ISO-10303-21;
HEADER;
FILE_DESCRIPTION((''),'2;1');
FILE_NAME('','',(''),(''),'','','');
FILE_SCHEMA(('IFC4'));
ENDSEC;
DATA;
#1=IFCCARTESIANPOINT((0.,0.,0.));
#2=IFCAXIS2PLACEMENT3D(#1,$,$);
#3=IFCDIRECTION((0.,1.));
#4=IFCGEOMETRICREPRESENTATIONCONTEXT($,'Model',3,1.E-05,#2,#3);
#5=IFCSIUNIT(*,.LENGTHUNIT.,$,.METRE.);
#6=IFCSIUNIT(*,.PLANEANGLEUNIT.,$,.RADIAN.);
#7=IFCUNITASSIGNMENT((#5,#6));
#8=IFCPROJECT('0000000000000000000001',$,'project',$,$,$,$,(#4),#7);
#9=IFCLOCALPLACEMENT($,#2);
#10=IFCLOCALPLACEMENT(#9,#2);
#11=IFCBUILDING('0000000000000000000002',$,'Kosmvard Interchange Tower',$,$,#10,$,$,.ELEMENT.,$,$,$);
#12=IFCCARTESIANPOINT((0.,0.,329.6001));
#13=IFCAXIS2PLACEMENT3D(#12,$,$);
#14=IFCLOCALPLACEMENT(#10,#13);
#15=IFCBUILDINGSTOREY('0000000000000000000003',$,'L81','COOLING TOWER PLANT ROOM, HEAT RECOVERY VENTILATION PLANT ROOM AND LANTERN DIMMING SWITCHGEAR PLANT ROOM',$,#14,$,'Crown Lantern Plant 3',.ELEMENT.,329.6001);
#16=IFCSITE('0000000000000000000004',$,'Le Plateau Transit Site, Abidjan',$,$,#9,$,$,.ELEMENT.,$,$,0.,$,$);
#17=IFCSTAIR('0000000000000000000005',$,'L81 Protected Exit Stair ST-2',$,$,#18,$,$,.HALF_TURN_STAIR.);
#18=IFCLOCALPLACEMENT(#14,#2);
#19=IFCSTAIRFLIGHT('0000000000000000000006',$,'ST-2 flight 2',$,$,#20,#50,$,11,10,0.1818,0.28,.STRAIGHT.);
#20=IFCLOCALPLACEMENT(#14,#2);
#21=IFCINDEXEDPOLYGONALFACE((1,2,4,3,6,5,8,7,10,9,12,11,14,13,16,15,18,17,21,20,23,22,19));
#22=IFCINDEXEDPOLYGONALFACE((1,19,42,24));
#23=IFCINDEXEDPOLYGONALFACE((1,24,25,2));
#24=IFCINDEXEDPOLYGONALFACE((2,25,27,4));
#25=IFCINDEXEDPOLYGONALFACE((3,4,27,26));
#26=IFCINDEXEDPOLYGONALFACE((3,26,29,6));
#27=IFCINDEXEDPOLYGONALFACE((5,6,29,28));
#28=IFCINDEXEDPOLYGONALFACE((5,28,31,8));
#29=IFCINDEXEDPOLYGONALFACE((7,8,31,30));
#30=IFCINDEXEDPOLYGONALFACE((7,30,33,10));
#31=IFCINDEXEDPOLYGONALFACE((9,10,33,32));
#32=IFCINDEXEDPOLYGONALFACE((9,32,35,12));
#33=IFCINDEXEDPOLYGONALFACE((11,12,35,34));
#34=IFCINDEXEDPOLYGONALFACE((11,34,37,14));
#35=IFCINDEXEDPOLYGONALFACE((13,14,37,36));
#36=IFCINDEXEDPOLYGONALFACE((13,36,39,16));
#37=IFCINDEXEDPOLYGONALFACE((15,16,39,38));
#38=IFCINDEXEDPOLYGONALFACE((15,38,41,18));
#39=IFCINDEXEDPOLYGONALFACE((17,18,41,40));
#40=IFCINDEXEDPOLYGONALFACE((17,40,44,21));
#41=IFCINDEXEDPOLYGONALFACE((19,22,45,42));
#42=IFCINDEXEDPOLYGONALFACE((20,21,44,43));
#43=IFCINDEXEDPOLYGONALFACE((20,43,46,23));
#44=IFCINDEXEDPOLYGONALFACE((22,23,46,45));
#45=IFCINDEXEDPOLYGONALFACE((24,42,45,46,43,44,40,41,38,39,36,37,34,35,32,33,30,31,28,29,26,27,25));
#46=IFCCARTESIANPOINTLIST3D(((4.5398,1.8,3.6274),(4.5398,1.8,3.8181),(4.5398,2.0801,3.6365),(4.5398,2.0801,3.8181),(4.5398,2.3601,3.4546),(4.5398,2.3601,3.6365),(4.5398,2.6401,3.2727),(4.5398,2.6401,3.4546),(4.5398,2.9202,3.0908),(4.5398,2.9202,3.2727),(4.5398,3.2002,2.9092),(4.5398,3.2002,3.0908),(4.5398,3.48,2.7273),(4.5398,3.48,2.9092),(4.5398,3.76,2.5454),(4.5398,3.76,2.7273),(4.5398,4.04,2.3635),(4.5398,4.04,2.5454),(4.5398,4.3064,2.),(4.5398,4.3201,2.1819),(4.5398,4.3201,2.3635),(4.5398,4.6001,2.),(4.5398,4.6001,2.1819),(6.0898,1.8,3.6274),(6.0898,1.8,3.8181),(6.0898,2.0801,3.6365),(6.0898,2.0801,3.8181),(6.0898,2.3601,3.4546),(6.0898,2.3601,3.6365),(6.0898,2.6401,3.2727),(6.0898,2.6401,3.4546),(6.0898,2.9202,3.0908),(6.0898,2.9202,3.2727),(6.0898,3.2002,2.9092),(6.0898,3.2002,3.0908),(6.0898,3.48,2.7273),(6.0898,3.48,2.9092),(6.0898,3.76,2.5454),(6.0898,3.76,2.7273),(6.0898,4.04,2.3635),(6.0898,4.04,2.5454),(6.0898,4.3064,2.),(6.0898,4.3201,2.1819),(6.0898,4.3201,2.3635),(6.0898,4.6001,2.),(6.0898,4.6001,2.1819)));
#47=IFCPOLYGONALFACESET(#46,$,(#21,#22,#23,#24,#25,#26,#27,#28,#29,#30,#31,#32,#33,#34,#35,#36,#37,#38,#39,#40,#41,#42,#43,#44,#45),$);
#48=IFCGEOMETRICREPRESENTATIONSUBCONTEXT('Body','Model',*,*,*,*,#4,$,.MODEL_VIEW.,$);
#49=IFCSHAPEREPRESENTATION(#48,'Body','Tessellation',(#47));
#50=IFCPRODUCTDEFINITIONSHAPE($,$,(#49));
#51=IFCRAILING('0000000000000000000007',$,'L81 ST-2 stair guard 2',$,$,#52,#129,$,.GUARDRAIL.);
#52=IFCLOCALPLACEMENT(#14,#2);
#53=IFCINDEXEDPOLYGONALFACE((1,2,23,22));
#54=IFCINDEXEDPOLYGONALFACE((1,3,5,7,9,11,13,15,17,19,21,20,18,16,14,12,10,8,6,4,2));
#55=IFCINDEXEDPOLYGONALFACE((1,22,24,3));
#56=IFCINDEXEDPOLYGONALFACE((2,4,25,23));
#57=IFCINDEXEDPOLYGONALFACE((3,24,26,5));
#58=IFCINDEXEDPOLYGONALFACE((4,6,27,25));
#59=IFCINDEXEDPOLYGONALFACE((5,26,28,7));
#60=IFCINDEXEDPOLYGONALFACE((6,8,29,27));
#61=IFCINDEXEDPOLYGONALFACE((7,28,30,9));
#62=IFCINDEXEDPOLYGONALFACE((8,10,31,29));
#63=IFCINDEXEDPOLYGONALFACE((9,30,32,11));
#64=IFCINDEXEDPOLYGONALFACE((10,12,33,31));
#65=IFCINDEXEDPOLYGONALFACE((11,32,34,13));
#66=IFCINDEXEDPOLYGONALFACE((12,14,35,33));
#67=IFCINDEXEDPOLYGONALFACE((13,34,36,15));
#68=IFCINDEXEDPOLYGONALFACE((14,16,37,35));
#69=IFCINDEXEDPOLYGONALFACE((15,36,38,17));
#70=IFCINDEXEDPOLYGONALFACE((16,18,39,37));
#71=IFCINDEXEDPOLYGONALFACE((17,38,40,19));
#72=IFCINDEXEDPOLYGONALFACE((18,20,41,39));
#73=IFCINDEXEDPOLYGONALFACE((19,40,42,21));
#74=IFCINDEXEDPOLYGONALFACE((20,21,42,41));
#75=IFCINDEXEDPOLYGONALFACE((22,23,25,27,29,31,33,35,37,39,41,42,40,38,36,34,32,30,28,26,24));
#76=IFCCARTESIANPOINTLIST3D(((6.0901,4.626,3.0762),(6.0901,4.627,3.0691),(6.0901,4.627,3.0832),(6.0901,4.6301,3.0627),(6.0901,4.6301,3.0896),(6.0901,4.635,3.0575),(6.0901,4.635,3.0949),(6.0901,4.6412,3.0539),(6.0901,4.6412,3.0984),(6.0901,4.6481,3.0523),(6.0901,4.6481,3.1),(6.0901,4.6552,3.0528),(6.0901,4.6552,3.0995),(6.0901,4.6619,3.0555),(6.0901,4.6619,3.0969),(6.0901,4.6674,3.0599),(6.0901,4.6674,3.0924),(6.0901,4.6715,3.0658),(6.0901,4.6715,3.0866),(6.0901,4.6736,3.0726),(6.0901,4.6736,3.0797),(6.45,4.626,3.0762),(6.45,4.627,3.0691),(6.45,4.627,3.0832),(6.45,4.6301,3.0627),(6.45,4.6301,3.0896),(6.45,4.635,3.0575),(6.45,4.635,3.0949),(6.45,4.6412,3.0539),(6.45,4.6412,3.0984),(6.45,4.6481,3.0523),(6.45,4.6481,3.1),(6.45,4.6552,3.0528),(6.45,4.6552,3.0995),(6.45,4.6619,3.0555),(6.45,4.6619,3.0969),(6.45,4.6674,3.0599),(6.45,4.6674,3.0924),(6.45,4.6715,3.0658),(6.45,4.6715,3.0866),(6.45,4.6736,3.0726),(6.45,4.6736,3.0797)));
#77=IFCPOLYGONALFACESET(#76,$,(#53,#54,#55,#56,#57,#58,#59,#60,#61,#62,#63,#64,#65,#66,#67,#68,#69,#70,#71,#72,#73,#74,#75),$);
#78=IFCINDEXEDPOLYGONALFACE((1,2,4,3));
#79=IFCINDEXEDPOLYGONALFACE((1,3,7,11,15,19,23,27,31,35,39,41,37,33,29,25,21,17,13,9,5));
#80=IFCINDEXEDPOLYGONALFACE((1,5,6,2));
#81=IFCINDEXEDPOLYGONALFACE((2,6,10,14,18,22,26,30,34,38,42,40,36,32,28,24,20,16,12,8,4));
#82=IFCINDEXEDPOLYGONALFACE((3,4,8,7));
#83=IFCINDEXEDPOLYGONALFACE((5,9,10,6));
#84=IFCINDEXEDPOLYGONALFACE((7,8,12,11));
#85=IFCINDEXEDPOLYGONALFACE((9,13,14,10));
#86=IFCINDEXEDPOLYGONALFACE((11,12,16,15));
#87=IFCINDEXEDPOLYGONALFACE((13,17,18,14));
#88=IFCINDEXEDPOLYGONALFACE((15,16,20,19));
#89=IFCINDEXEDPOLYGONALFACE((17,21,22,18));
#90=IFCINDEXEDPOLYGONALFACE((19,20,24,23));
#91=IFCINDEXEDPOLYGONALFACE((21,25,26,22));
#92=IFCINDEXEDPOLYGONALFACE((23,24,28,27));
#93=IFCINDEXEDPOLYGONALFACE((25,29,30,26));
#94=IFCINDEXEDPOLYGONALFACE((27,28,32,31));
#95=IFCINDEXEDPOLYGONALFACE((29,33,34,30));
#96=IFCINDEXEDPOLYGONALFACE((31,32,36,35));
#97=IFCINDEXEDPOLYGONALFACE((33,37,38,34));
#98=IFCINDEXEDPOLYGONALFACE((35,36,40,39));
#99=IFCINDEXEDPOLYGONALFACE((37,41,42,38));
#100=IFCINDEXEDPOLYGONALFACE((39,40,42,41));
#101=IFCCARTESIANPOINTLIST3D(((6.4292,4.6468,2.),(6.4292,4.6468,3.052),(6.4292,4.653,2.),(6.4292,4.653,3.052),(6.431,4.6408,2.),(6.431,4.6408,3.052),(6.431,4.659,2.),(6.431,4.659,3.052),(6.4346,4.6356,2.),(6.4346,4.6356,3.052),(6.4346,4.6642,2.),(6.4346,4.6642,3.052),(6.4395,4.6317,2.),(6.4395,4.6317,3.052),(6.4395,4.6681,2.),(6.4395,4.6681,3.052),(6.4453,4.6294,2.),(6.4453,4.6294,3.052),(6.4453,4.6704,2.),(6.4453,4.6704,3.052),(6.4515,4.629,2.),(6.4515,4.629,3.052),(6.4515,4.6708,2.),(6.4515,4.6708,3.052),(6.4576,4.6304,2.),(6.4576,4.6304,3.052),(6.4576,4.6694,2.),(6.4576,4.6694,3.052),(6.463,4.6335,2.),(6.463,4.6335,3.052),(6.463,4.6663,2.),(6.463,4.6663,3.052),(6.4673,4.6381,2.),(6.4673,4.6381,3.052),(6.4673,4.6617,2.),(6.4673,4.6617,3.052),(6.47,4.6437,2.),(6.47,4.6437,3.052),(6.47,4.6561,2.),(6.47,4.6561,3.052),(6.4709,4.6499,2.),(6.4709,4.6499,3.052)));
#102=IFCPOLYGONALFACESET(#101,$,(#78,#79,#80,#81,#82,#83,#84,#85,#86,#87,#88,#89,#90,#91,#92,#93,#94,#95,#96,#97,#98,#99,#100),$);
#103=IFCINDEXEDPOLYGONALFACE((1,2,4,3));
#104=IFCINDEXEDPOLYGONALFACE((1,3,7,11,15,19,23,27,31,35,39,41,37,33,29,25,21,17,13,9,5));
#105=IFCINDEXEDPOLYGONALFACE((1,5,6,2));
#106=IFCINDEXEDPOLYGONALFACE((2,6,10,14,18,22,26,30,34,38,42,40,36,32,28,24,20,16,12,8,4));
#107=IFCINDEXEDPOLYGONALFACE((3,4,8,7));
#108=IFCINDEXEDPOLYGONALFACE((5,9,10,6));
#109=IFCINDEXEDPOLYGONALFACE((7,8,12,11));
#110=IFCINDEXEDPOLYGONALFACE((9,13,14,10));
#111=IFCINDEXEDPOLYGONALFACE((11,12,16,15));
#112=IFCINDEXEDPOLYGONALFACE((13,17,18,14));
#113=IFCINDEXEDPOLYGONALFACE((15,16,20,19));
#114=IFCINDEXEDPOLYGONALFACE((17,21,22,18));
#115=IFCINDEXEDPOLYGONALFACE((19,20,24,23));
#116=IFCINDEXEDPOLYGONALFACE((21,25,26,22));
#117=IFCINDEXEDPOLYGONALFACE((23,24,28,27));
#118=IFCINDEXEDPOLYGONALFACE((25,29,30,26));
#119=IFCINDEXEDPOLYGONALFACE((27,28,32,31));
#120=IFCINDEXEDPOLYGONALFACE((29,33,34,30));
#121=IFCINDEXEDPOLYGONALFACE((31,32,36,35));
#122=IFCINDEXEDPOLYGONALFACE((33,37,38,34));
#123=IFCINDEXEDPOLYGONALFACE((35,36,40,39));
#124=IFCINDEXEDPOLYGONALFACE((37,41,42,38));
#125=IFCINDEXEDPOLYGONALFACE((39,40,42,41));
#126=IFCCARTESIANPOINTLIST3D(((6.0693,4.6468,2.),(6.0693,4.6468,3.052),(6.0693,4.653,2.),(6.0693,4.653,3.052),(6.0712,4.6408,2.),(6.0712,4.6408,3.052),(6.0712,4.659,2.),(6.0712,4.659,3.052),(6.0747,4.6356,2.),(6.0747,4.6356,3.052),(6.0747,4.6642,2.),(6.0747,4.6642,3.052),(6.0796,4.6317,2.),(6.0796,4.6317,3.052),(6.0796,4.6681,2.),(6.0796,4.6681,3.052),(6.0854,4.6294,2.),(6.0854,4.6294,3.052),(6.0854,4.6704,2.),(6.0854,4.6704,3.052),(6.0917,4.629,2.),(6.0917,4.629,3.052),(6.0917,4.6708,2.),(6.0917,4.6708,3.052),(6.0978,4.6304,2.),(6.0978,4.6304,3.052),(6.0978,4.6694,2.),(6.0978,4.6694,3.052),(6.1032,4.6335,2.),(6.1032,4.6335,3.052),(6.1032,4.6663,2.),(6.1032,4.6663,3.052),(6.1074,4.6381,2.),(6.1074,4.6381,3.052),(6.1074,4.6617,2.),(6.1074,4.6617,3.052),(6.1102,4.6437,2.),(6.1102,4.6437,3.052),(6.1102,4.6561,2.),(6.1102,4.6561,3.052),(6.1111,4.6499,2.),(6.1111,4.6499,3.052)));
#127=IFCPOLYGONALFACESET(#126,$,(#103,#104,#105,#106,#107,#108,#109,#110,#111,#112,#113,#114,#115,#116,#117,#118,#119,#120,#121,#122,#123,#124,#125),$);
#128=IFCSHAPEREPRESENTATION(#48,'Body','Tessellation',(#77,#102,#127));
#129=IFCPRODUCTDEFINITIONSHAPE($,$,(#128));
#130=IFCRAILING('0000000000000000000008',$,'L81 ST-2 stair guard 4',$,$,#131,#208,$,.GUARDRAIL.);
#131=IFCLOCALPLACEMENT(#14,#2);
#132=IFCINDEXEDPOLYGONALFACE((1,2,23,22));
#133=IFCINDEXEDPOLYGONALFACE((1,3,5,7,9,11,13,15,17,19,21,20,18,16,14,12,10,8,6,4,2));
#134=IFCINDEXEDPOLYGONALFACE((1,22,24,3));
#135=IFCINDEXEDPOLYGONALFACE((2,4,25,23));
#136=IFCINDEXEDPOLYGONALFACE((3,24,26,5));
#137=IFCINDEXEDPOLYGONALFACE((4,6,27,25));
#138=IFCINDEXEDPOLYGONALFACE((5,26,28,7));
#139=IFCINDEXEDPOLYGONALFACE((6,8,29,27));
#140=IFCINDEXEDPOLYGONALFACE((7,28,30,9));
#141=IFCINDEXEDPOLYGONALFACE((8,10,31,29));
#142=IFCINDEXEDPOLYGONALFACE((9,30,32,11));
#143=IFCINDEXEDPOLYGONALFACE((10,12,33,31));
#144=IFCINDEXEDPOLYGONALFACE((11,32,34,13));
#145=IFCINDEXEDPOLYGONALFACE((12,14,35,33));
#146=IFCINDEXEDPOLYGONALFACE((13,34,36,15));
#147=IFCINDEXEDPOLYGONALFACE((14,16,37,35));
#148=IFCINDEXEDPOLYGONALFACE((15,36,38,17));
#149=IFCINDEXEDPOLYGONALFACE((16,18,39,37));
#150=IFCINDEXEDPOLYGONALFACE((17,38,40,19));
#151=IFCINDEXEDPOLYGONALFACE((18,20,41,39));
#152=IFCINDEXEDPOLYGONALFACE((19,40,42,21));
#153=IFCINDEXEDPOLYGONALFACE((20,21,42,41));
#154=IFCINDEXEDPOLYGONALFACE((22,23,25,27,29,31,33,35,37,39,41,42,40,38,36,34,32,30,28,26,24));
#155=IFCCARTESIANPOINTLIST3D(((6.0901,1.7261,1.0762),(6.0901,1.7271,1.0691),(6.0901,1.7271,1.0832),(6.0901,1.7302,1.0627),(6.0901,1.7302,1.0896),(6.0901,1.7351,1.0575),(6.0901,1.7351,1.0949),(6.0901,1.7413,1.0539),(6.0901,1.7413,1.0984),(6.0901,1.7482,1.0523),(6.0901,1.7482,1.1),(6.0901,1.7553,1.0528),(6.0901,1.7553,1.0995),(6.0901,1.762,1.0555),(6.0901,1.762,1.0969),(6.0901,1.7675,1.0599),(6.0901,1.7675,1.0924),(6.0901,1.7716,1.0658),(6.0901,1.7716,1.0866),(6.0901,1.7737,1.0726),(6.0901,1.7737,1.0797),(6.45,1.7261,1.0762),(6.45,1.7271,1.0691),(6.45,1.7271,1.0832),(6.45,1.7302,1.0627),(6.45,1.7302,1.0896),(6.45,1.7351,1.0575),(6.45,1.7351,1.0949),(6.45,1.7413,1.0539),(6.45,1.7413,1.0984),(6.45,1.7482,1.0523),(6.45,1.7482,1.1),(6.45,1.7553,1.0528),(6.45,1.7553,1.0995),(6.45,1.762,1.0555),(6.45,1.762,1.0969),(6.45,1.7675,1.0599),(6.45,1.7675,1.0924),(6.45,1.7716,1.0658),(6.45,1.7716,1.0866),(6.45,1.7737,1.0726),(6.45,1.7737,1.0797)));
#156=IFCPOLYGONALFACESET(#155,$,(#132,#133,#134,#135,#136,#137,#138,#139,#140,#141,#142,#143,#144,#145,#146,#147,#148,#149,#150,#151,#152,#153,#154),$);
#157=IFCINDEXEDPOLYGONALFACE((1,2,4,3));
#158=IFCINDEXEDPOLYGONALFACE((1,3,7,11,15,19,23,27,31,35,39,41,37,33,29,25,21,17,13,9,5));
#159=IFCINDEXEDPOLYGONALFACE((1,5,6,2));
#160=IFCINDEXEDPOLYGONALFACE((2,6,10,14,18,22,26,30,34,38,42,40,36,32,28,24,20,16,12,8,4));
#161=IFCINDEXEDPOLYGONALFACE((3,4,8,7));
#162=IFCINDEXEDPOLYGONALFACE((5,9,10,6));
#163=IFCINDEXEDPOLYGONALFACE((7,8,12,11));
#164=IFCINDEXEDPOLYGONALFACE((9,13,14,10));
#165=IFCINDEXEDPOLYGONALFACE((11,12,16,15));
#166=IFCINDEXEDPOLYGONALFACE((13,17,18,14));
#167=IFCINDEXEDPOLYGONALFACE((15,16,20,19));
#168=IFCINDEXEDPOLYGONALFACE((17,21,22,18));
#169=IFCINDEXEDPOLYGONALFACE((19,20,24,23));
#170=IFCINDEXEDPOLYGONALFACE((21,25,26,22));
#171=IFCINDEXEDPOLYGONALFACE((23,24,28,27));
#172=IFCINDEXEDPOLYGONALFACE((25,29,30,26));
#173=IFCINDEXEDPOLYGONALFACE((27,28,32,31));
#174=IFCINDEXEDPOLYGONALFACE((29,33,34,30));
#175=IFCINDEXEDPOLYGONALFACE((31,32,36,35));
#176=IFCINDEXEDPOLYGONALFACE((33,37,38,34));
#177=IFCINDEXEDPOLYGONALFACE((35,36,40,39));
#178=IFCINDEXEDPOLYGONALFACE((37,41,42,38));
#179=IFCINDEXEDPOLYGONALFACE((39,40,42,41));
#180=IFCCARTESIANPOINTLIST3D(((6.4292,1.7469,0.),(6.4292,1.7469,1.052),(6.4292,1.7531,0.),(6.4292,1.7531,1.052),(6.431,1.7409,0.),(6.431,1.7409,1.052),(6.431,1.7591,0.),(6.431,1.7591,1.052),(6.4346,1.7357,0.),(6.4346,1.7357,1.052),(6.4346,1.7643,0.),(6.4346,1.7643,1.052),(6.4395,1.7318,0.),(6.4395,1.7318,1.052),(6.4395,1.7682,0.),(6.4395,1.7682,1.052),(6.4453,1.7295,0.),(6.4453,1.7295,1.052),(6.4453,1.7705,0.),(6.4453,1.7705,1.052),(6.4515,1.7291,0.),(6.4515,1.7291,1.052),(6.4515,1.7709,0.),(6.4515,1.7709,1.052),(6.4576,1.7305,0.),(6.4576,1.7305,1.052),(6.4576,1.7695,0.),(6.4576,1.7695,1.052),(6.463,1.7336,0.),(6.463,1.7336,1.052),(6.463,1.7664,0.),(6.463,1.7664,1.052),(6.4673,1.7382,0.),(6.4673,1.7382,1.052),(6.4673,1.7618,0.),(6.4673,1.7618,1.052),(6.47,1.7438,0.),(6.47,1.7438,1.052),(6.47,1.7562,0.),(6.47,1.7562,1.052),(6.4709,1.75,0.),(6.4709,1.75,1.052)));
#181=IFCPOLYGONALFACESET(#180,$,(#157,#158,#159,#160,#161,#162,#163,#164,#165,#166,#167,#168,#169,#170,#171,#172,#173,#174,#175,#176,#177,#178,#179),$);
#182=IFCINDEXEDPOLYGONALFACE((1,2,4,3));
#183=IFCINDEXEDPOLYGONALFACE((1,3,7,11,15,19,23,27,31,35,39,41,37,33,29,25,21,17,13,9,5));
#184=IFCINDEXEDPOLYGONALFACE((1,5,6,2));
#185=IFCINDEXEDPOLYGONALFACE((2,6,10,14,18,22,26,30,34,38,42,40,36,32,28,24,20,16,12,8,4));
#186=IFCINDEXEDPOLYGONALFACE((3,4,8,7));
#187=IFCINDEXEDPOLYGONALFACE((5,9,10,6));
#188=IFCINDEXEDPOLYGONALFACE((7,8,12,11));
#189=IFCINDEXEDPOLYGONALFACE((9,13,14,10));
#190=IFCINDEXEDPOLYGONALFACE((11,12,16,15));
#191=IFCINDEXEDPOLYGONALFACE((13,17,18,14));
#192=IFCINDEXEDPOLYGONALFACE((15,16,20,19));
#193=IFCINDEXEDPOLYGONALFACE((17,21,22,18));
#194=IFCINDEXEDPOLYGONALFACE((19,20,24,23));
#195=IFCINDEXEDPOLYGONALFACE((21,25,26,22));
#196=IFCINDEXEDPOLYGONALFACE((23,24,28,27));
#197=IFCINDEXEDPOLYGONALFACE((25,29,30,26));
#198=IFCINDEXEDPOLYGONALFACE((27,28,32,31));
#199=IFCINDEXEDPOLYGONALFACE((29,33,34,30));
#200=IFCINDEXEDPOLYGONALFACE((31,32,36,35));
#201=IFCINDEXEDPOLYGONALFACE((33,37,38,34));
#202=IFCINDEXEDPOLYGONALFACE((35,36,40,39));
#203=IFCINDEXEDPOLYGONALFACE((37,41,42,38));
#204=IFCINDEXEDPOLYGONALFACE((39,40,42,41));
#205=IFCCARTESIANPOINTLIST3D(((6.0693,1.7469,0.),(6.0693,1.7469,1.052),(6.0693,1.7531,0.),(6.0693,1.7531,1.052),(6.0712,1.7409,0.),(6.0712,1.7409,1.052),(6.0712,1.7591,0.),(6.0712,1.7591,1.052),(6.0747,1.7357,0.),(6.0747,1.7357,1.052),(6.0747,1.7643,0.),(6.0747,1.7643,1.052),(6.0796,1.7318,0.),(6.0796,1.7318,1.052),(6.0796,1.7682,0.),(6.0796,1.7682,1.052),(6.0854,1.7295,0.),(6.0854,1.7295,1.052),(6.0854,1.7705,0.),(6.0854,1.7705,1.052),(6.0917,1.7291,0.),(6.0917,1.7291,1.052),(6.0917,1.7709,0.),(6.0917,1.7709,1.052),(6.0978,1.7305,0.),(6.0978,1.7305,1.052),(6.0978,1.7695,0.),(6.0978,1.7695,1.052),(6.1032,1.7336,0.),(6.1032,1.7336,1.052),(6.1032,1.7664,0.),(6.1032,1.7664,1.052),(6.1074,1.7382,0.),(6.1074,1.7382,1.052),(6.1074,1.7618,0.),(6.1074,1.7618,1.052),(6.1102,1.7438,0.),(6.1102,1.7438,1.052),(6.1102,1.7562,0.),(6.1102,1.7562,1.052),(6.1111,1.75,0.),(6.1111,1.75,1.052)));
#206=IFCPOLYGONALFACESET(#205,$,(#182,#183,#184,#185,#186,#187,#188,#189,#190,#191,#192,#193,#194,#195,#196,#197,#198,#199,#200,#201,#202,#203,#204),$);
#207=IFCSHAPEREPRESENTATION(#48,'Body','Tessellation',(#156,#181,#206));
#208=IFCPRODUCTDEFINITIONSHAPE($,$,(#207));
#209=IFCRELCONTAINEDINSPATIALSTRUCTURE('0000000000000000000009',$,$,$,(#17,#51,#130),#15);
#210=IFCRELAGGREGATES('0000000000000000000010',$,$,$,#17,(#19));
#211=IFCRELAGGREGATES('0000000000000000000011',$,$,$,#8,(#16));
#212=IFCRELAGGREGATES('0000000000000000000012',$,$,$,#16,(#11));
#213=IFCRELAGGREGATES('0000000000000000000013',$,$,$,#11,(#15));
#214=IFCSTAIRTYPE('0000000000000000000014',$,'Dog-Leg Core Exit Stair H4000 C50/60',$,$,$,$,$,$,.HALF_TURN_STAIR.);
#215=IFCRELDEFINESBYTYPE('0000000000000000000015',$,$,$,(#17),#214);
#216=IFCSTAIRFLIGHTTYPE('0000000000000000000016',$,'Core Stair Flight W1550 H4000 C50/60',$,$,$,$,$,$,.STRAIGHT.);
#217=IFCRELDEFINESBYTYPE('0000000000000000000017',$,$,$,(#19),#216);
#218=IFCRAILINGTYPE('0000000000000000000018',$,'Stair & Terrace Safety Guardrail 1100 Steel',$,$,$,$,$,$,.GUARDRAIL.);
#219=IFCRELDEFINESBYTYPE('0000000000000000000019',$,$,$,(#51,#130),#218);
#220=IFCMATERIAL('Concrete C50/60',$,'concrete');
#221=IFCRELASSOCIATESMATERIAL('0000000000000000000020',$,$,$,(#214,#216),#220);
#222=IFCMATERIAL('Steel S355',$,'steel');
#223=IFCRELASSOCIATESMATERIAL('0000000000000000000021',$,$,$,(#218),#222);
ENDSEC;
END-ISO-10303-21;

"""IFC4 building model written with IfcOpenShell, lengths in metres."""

from ifc_helpers import new_model, si_unit, direction, frame, origin, origin_2d, place, context, subcontext, project, spatial, polyline, circle, outline, extrude, source, transform, mapped, material, type_object, element, aggregate, save


model = new_model("IFC4")

# Units and contexts
model_context = context("Model", 3, precision=1e-05, world=origin(), true_north=direction((0.0, 1.0)))
body_context = subcontext(model_context, "Body", "Model", "MODEL_VIEW")
ifc_project = project(units=[si_unit("LENGTHUNIT", "METRE"), si_unit("PLANEANGLEUNIT", "RADIAN")], contexts=[model_context])

# Site, building, storey
site_placement = place(None, origin())
site = spatial("IfcSite", under=ifc_project, at=site_placement, Name="Le Plateau Transit Site, Abidjan", CompositionType="ELEMENT", RefElevation=0.0)
building_placement = place(site_placement, origin())
building = spatial("IfcBuilding", under=site, at=building_placement, Name="Kosmvard Interchange Tower", CompositionType="ELEMENT")
storey_placement = place(building_placement, frame((0.0, 0.0, 329.6001)))
storey = spatial("IfcBuildingStorey", under=building, at=storey_placement, Name="L81", Description="COOLING TOWER PLANT ROOM, HEAT RECOVERY VENTILATION PLANT ROOM AND LANTERN DIMMING SWITCHGEAR PLANT ROOM", LongName="Crown Lantern Plant 3", CompositionType="ELEMENT", Elevation=329.6001)

# Shared definitions
ifc_material_1 = material(Name="Concrete C50/60", Category="concrete")
ifc_material_2 = material(Name="Steel S355", Category="steel")

# Stair, stair flight
stair_type = type_object("IfcStairType", Name="Dog-Leg Core Exit Stair H4000 C50/60", PredefinedType="HALF_TURN_STAIR", material=ifc_material_1)
stair_placement = place(storey_placement, origin())
stair = element("IfcStair", 1, at=stair_placement, inside=storey, type_object=stair_type, Name="L81 Protected Exit Stair ST-2", PredefinedType="HALF_TURN_STAIR")
stair_flight_type = type_object("IfcStairFlightType", Name="Core Stair Flight W1550 H4000 C50/60", PredefinedType="STRAIGHT", material=ifc_material_1)
shared_shape_1 = source(origin(), body_context, "Body", "SweptSolid", [
    extrude(outline(polyline([(0.0, 0.0), (0.0, 0.1819), (0.28, 0.1819), (0.28, 0.3635), (0.5601, 0.3635), (0.5601, 0.5454), (0.8401, 0.5454), (0.8401, 0.7273), (1.1201, 0.7273), (1.1201, 0.9092), (1.3999, 0.9092), (1.3999, 1.0908), (1.6799, 1.0908), (1.6799, 1.2727), (1.96, 1.2727), (1.96, 1.4546), (2.24, 1.4546), (2.24, 1.6365), (2.52, 1.6365), (2.52, 1.8181), (2.8, 1.8181), (2.8, 2.0), (2.8, 1.6274), (0.2937, 0.0), (0.0, 0.0)])), frame((0.0, 0.7749, 0.0), z_axis=(0.0, -1.0, 0.0), x_axis=(1.0, 0.0, 0.0)), (0.0, 0.0, 1.0), 1.55),
])
stair_flight_1_placement = place(storey_placement, frame((5.3149, 4.6001, 2.0), z_axis=(0.0, 0.0, 1.0), x_axis=(0.0, -1.0, 0.0)))
stair_flight_1 = element("IfcStairFlight", 2, at=stair_flight_1_placement, type_object=stair_flight_type, Name="ST-2 flight 2", NumberOfRisers=11, NumberOfTreads=10, PredefinedType="STRAIGHT", RiserHeight=0.1818, TreadLength=0.28, context=body_context, shape_type="MappedRepresentation", body=[
    mapped(shared_shape_1, transform((0.0, 0.0, 0.0), scale=1.0)),
])
aggregate(stair, [stair_flight_1])

# Railings
railing_type_1 = type_object("IfcRailingType", Name="Stair & Terrace Safety Guardrail 1100 Steel", PredefinedType="GUARDRAIL", material=ifc_material_2)
shared_shape_2 = source(origin(), body_context, "Body", "SweptSolid", [
    extrude(circle(Radius=0.0239, at=origin_2d()), frame((0.0, 0.0, 1.0762), z_axis=(-1.0, 0.0, 0.0), x_axis=(0.0, -1.0, 0.0)), (0.0, 0.0, 1.0), 0.3599),
    extrude(circle(Radius=0.021, at=origin_2d()), origin(), (0.0, 0.0, 1.0), 1.052),
    extrude(circle(Radius=0.021, at=origin_2d()), frame((-0.3599, 0.0, 0.0)), (0.0, 0.0, 1.0), 1.052),
])
for number, where, name in (
    (3, (6.45, 4.6499, 2.0), "L81 ST-2 stair guard 2"),
    (4, (6.45, 1.75, 0.0), "L81 ST-2 stair guard 4"),
):
    element("IfcRailing", number, at=place(storey_placement, frame(where)), inside=storey, type_object=railing_type_1, Name=name, PredefinedType="GUARDRAIL", context=body_context, shape_type="MappedRepresentation", body=[
        mapped(shared_shape_2, transform((0.0, 0.0, 0.0), scale=1.0)),
    ])

save(model, "model.ifc")
